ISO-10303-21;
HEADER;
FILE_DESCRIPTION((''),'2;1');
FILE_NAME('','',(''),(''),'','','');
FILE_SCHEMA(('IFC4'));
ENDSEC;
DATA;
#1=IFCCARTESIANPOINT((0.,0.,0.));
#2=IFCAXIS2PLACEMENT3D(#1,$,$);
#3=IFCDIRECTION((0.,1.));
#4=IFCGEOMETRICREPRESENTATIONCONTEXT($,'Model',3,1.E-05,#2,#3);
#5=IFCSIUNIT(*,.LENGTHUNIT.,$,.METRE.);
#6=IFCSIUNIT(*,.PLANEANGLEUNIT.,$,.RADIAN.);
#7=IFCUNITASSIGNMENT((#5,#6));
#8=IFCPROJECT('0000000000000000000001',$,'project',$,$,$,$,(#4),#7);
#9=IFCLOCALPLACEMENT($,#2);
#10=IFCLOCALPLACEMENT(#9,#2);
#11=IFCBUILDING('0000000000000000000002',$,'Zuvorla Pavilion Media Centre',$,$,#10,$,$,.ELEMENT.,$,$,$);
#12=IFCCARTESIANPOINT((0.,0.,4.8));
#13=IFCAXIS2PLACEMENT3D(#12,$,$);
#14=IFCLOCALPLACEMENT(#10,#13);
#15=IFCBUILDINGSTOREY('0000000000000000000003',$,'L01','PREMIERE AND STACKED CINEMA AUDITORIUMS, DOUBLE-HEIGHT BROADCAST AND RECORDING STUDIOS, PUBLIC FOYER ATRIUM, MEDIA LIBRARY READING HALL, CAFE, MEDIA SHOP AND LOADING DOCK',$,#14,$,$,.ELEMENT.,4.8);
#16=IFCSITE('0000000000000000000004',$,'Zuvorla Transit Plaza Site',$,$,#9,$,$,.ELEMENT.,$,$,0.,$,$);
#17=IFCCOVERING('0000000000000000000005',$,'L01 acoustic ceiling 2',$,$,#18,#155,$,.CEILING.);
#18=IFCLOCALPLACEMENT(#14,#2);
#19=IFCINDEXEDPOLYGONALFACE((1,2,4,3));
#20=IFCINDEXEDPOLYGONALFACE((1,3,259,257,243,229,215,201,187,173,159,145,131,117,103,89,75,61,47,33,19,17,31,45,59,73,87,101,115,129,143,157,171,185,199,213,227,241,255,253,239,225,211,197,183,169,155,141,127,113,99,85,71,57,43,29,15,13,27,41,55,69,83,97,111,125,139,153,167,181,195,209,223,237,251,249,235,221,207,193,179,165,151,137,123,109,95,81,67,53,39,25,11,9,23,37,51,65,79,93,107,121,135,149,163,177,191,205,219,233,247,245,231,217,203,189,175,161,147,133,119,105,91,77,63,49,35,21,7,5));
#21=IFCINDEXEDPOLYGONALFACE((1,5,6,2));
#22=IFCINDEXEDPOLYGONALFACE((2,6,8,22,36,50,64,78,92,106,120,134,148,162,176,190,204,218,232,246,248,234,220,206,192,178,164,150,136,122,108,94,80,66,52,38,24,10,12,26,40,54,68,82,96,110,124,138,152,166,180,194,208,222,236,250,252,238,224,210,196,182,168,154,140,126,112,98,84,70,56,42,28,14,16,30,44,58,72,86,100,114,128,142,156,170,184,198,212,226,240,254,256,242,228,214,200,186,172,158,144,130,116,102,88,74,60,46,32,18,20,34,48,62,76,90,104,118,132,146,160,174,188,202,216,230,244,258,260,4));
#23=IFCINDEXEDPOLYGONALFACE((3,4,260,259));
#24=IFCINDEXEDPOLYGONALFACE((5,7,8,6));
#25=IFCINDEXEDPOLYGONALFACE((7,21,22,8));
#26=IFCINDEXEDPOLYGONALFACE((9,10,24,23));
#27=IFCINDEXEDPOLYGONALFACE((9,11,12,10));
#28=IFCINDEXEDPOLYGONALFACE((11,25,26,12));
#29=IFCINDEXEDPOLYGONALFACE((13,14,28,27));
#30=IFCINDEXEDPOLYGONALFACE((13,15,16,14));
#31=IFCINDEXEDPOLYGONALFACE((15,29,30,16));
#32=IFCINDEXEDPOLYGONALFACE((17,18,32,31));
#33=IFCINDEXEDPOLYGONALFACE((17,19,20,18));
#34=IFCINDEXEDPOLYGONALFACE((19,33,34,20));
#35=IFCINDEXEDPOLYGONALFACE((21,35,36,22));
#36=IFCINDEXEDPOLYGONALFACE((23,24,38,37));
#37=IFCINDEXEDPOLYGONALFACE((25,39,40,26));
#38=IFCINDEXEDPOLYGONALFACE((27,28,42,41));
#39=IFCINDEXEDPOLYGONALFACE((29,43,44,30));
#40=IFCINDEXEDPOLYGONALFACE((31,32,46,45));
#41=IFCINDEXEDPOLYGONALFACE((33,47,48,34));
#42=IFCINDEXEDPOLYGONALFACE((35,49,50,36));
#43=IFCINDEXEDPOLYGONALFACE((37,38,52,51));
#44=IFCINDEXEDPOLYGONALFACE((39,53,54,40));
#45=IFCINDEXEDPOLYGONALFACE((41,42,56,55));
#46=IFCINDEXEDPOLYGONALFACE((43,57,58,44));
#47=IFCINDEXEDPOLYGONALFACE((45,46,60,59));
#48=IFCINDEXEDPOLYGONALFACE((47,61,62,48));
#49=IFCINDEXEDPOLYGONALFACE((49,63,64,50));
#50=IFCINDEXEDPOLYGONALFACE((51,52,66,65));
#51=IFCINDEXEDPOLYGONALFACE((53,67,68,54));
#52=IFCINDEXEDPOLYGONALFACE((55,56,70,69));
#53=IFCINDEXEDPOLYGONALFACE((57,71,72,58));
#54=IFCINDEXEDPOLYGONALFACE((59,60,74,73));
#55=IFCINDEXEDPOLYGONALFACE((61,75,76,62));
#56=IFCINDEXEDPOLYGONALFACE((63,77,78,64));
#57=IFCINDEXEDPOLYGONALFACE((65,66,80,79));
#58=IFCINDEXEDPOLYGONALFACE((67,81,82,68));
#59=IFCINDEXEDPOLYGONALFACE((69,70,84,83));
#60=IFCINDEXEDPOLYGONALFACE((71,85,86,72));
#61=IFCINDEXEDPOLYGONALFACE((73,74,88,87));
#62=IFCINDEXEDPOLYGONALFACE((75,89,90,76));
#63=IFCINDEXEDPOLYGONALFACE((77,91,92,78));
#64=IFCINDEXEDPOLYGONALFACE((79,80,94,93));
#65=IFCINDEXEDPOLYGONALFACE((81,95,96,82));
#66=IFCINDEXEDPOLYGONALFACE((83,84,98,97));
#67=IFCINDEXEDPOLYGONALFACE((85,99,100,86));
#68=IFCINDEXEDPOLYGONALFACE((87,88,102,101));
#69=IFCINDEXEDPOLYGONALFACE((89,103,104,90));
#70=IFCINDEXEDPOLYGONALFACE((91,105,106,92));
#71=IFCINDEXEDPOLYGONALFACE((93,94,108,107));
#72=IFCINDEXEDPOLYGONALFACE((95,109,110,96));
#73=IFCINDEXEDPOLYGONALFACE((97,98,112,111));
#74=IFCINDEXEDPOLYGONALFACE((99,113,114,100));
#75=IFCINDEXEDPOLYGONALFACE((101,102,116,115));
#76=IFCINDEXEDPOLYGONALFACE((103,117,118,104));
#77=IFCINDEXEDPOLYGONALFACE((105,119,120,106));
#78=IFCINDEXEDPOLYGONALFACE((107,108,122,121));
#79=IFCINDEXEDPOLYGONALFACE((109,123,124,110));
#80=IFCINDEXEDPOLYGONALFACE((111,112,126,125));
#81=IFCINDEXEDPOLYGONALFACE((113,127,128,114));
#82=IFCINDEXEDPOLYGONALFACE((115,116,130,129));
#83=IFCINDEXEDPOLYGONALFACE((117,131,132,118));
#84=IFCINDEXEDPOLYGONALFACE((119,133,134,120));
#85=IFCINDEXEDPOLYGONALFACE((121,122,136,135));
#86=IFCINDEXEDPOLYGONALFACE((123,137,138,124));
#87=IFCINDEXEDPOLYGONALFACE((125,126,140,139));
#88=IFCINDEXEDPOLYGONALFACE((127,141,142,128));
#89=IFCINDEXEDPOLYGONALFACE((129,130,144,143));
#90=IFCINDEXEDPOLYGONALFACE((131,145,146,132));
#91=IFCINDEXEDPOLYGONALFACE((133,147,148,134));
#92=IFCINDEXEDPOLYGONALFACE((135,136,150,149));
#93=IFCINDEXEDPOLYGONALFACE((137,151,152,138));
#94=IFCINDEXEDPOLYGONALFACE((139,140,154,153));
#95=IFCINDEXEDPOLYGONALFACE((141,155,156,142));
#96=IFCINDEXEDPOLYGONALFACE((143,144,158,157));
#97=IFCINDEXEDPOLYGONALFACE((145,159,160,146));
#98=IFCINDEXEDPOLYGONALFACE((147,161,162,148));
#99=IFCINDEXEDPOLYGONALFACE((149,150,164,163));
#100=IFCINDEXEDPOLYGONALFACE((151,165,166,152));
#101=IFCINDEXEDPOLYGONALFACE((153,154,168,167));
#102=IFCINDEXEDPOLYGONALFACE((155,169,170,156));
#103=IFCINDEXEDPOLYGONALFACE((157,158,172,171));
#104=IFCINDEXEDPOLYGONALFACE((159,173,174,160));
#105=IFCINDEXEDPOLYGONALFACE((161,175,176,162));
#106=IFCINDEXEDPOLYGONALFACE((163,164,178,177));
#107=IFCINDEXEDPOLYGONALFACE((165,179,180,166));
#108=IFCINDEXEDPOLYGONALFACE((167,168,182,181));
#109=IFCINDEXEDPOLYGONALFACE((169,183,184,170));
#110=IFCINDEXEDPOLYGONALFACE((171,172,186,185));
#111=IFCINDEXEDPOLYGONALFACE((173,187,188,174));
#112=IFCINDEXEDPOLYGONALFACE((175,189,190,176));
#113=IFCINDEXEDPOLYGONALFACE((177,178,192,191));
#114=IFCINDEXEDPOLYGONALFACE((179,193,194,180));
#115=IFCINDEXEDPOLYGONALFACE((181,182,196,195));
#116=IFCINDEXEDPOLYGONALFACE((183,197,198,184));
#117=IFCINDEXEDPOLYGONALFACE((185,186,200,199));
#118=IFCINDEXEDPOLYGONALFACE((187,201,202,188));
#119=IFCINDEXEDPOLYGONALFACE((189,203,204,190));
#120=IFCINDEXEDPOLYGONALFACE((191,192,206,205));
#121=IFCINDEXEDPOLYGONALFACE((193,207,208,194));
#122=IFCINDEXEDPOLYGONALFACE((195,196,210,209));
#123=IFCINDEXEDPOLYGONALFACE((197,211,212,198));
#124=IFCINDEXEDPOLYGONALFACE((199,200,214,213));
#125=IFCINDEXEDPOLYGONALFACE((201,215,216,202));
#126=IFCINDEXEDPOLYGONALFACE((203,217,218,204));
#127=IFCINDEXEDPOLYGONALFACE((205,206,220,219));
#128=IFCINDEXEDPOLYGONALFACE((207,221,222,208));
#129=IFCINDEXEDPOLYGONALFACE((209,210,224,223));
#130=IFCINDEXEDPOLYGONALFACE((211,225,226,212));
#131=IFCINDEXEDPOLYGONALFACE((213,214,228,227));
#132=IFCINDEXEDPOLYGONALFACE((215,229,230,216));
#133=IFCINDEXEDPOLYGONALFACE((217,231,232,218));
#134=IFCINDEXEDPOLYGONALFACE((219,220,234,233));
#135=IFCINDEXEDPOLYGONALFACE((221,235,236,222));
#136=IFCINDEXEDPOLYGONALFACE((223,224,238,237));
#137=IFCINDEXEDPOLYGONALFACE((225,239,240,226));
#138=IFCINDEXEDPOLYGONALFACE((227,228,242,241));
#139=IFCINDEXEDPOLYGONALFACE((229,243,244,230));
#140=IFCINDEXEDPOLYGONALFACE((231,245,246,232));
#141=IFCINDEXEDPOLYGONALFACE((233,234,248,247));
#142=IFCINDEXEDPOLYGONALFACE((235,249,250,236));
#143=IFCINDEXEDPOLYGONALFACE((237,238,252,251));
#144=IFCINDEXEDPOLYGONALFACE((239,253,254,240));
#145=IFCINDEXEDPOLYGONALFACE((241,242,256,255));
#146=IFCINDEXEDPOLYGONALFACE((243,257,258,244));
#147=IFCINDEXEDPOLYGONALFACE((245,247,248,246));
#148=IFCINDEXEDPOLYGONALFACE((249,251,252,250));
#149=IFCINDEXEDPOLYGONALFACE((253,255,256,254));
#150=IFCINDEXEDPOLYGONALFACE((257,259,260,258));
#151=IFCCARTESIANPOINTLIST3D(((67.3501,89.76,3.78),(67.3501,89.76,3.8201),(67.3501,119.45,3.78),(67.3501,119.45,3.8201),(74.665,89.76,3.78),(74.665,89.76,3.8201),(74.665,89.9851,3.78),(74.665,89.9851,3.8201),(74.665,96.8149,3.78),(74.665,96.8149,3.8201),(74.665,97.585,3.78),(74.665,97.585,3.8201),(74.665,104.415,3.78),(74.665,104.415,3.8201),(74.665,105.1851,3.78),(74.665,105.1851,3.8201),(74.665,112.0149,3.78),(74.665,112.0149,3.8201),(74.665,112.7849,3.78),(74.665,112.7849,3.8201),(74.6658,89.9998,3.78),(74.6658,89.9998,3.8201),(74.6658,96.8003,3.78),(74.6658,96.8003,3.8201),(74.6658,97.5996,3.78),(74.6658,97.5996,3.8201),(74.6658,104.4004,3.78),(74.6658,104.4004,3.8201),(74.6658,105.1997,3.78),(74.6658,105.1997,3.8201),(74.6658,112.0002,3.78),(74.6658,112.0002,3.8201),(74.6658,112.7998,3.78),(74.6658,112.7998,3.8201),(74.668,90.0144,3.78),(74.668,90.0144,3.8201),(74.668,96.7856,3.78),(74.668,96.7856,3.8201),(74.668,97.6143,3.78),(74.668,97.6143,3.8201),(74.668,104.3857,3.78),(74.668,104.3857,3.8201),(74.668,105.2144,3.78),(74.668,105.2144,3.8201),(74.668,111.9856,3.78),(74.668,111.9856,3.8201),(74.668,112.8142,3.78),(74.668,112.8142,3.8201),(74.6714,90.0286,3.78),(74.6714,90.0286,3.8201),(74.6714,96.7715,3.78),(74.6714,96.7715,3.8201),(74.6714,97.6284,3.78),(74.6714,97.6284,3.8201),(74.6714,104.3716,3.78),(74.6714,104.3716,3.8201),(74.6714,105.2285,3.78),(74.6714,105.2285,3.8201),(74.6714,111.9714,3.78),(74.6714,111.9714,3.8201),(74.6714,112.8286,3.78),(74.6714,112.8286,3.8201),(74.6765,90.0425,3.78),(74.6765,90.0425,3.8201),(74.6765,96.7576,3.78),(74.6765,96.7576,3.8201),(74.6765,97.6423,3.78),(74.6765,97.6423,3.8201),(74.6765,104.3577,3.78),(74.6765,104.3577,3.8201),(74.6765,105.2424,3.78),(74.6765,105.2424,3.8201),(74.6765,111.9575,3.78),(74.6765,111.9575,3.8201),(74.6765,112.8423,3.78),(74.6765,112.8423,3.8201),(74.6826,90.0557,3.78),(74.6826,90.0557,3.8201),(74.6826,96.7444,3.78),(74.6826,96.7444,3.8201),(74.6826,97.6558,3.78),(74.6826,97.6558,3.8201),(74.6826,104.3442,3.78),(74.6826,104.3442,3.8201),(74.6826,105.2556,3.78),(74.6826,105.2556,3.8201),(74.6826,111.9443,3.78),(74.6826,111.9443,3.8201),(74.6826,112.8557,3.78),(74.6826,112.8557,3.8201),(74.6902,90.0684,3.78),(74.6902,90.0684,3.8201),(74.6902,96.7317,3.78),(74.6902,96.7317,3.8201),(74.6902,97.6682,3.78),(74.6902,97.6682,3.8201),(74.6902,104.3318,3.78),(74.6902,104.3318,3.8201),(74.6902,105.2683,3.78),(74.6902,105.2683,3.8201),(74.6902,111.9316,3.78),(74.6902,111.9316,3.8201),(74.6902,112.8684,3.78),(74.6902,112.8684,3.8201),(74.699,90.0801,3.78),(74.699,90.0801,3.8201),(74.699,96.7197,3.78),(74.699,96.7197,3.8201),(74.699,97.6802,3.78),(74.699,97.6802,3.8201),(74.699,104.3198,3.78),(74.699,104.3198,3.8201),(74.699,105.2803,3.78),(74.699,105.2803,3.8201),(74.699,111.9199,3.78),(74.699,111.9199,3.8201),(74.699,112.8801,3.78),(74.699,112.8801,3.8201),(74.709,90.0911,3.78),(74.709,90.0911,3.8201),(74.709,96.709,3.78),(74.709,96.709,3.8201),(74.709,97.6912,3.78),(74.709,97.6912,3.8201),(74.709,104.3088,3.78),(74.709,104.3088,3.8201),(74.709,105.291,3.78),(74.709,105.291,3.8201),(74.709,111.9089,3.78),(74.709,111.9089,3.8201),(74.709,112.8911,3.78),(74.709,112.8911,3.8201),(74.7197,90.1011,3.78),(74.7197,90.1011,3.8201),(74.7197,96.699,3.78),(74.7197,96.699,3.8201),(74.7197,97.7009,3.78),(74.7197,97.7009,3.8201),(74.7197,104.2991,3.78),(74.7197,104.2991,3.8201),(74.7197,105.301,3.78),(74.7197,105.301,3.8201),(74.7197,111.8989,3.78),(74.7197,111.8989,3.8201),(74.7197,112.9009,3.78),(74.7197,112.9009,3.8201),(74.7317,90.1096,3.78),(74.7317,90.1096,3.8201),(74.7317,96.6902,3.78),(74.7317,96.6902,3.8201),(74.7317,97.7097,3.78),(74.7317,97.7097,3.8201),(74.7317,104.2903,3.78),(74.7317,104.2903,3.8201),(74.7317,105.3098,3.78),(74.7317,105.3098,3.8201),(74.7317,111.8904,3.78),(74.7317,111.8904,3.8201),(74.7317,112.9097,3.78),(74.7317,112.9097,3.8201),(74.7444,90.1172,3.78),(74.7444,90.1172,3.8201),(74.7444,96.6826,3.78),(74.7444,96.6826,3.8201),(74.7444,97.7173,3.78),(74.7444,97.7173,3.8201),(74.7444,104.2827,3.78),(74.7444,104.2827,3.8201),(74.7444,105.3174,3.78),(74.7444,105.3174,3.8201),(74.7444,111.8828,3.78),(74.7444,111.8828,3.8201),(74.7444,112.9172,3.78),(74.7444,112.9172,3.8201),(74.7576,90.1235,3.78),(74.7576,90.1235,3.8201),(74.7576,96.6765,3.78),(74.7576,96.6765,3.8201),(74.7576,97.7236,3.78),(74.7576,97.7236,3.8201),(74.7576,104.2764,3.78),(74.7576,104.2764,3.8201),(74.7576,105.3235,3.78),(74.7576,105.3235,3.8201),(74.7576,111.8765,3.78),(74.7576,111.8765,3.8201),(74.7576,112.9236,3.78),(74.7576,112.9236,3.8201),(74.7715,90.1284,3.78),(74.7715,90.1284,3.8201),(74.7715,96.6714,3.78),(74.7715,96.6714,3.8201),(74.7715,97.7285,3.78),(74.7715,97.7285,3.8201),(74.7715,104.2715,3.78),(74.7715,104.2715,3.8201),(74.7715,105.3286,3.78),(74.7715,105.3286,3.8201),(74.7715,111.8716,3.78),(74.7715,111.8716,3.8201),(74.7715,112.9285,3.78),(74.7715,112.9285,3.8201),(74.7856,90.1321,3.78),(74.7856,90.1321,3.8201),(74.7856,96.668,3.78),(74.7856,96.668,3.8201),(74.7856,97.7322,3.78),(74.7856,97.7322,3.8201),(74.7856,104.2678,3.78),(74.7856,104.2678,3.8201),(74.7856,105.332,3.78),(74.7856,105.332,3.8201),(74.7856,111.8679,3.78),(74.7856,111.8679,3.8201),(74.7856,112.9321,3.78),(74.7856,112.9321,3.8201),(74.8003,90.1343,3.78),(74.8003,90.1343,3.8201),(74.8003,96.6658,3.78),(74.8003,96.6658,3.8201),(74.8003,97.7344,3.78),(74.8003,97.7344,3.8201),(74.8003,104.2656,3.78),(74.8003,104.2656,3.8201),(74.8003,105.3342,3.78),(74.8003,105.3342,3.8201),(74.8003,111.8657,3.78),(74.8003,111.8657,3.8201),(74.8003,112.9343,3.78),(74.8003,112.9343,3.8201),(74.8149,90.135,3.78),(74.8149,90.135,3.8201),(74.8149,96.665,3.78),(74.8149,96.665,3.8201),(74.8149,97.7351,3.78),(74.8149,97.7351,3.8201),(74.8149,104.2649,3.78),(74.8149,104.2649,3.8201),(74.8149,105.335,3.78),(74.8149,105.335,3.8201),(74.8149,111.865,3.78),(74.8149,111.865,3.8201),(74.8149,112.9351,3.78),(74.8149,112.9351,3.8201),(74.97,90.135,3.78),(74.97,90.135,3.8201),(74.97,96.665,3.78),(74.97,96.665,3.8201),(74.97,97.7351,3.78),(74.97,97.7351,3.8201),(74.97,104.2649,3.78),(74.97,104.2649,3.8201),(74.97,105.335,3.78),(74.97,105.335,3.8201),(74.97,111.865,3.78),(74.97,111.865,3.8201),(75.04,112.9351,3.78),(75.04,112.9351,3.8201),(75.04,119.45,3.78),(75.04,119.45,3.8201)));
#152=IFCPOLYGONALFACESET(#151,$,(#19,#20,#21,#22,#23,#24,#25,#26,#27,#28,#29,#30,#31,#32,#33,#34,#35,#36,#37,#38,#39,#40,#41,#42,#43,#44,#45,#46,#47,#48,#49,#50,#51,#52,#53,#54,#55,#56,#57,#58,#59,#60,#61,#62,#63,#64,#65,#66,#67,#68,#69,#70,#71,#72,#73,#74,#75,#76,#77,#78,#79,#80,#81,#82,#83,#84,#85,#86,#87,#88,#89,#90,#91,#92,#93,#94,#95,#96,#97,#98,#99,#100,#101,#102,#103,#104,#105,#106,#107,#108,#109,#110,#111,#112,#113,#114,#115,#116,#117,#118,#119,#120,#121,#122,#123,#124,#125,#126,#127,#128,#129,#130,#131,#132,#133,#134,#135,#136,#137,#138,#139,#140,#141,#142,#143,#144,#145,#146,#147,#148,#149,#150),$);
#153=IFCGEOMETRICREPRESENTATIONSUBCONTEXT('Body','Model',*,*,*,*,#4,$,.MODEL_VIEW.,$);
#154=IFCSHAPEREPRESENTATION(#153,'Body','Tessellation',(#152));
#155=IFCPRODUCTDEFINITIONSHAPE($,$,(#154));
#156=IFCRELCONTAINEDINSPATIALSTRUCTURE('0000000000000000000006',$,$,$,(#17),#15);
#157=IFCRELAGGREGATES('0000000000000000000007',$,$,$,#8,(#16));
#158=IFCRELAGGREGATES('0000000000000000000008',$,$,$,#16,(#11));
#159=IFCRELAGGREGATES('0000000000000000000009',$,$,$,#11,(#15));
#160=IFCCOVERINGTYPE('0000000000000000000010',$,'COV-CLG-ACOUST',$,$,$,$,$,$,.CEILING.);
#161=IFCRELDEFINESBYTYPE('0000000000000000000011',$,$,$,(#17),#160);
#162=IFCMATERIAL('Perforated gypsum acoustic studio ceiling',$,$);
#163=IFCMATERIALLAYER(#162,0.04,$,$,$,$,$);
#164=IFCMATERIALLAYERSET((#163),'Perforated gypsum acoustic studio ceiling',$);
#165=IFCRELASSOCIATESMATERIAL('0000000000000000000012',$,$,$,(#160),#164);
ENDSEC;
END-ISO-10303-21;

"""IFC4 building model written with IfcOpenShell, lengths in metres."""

from ifc_helpers import new_model, si_unit, direction, frame, origin, place, context, subcontext, project, spatial, polyline, outline, extrude, material, layer, layer_set, type_object, element, save


model = new_model("IFC4")

# Units and contexts
model_context = context("Model", 3, precision=1e-05, world=origin(), true_north=direction((0.0, 1.0)))
body_context = subcontext(model_context, "Body", "Model", "MODEL_VIEW")
ifc_project = project(units=[si_unit("LENGTHUNIT", "METRE"), si_unit("PLANEANGLEUNIT", "RADIAN")], contexts=[model_context])

# Site, building, storey
site_placement = place(None, origin())
site = spatial("IfcSite", under=ifc_project, at=site_placement, Name="Zuvorla Transit Plaza Site", CompositionType="ELEMENT", RefElevation=0.0)
building_placement = place(site_placement, origin())
building = spatial("IfcBuilding", under=site, at=building_placement, Name="Zuvorla Pavilion Media Centre", CompositionType="ELEMENT")
storey_placement = place(building_placement, frame((0.0, 0.0, 4.8)))
storey = spatial("IfcBuildingStorey", under=building, at=storey_placement, Name="L01", Description="PREMIERE AND STACKED CINEMA AUDITORIUMS, DOUBLE-HEIGHT BROADCAST AND RECORDING STUDIOS, PUBLIC FOYER ATRIUM, MEDIA LIBRARY READING HALL, CAFE, MEDIA SHOP AND LOADING DOCK", CompositionType="ELEMENT", Elevation=4.8)

# Covering
ifc_material_1 = material(Name="Perforated gypsum acoustic studio ceiling")
ifc_layer_1 = layer(ifc_material_1, 0.04)
ifc_layer_set_1 = layer_set([ifc_layer_1], Name="Perforated gypsum acoustic studio ceiling")
covering_type_1 = type_object("IfcCoveringType", Name="COV-CLG-ACOUST", PredefinedType="CEILING", material=ifc_layer_set_1)
covering_1_placement = place(storey_placement, frame((0.0, 0.0, 3.78)))
element("IfcCovering", 1, at=covering_1_placement, inside=storey, type_object=covering_type_1, Name="L01 acoustic ceiling 2", PredefinedType="CEILING", context=body_context, shape_type="SweptSolid", body=[
    extrude(outline(polyline([(75.04, 119.45), (75.04, 112.9351), (74.8149, 112.9351), (74.8003, 112.9343), (74.7856, 112.9321), (74.7715, 112.9285), (74.7576, 112.9236), (74.7444, 112.9172), (74.7317, 112.9097), (74.7197, 112.9009), (74.709, 112.8911), (74.699, 112.8801), (74.6902, 112.8684), (74.6826, 112.8557), (74.6765, 112.8423), (74.6714, 112.8286), (74.668, 112.8142), (74.6658, 112.7998), (74.665, 112.7849), (74.665, 112.0149), (74.6658, 112.0002), (74.668, 111.9856), (74.6714, 111.9714), (74.6765, 111.9575), (74.6826, 111.9443), (74.6902, 111.9316), (74.699, 111.9199), (74.709, 111.9089), (74.7197, 111.8989), (74.7317, 111.8904), (74.7444, 111.8828), (74.7576, 111.8765), (74.7715, 111.8716), (74.7856, 111.8679), (74.8003, 111.8657), (74.8149, 111.865), (74.97, 111.865), (74.97, 105.335), (74.8149, 105.335), (74.8003, 105.3342), (74.7856, 105.332), (74.7715, 105.3286), (74.7576, 105.3235), (74.7444, 105.3174), (74.7317, 105.3098), (74.7197, 105.301), (74.709, 105.291), (74.699, 105.2803), (74.6902, 105.2683), (74.6826, 105.2556), (74.6765, 105.2424), (74.6714, 105.2285), (74.668, 105.2144), (74.6658, 105.1997), (74.665, 105.1851), (74.665, 104.415), (74.6658, 104.4004), (74.668, 104.3857), (74.6714, 104.3716), (74.6765, 104.3577), (74.6826, 104.3442), (74.6902, 104.3318), (74.699, 104.3198), (74.709, 104.3088), (74.7197, 104.2991), (74.7317, 104.2903), (74.7444, 104.2827), (74.7576, 104.2764), (74.7715, 104.2715), (74.7856, 104.2678), (74.8003, 104.2656), (74.8149, 104.2649), (74.97, 104.2649), (74.97, 97.7351), (74.8149, 97.7351), (74.8003, 97.7344), (74.7856, 97.7322), (74.7715, 97.7285), (74.7576, 97.7236), (74.7444, 97.7173), (74.7317, 97.7097), (74.7197, 97.7009), (74.709, 97.6912), (74.699, 97.6802), (74.6902, 97.6682), (74.6826, 97.6558), (74.6765, 97.6423), (74.6714, 97.6284), (74.668, 97.6143), (74.6658, 97.5996), (74.665, 97.585), (74.665, 96.8149), (74.6658, 96.8003), (74.668, 96.7856), (74.6714, 96.7715), (74.6765, 96.7576), (74.6826, 96.7444), (74.6902, 96.7317), (74.699, 96.7197), (74.709, 96.709), (74.7197, 96.699), (74.7317, 96.6902), (74.7444, 96.6826), (74.7576, 96.6765), (74.7715, 96.6714), (74.7856, 96.668), (74.8003, 96.6658), (74.8149, 96.665), (74.97, 96.665), (74.97, 90.135), (74.8149, 90.135), (74.8003, 90.1343), (74.7856, 90.1321), (74.7715, 90.1284), (74.7576, 90.1235), (74.7444, 90.1172), (74.7317, 90.1096), (74.7197, 90.1011), (74.709, 90.0911), (74.699, 90.0801), (74.6902, 90.0684), (74.6826, 90.0557), (74.6765, 90.0425), (74.6714, 90.0286), (74.668, 90.0144), (74.6658, 89.9998), (74.665, 89.9851), (74.665, 89.76), (67.3501, 89.76), (67.3501, 119.45), (75.04, 119.45)])), origin(), (0.0, 0.0, 1.0), 0.04),
])

save(model, "model.ifc")
